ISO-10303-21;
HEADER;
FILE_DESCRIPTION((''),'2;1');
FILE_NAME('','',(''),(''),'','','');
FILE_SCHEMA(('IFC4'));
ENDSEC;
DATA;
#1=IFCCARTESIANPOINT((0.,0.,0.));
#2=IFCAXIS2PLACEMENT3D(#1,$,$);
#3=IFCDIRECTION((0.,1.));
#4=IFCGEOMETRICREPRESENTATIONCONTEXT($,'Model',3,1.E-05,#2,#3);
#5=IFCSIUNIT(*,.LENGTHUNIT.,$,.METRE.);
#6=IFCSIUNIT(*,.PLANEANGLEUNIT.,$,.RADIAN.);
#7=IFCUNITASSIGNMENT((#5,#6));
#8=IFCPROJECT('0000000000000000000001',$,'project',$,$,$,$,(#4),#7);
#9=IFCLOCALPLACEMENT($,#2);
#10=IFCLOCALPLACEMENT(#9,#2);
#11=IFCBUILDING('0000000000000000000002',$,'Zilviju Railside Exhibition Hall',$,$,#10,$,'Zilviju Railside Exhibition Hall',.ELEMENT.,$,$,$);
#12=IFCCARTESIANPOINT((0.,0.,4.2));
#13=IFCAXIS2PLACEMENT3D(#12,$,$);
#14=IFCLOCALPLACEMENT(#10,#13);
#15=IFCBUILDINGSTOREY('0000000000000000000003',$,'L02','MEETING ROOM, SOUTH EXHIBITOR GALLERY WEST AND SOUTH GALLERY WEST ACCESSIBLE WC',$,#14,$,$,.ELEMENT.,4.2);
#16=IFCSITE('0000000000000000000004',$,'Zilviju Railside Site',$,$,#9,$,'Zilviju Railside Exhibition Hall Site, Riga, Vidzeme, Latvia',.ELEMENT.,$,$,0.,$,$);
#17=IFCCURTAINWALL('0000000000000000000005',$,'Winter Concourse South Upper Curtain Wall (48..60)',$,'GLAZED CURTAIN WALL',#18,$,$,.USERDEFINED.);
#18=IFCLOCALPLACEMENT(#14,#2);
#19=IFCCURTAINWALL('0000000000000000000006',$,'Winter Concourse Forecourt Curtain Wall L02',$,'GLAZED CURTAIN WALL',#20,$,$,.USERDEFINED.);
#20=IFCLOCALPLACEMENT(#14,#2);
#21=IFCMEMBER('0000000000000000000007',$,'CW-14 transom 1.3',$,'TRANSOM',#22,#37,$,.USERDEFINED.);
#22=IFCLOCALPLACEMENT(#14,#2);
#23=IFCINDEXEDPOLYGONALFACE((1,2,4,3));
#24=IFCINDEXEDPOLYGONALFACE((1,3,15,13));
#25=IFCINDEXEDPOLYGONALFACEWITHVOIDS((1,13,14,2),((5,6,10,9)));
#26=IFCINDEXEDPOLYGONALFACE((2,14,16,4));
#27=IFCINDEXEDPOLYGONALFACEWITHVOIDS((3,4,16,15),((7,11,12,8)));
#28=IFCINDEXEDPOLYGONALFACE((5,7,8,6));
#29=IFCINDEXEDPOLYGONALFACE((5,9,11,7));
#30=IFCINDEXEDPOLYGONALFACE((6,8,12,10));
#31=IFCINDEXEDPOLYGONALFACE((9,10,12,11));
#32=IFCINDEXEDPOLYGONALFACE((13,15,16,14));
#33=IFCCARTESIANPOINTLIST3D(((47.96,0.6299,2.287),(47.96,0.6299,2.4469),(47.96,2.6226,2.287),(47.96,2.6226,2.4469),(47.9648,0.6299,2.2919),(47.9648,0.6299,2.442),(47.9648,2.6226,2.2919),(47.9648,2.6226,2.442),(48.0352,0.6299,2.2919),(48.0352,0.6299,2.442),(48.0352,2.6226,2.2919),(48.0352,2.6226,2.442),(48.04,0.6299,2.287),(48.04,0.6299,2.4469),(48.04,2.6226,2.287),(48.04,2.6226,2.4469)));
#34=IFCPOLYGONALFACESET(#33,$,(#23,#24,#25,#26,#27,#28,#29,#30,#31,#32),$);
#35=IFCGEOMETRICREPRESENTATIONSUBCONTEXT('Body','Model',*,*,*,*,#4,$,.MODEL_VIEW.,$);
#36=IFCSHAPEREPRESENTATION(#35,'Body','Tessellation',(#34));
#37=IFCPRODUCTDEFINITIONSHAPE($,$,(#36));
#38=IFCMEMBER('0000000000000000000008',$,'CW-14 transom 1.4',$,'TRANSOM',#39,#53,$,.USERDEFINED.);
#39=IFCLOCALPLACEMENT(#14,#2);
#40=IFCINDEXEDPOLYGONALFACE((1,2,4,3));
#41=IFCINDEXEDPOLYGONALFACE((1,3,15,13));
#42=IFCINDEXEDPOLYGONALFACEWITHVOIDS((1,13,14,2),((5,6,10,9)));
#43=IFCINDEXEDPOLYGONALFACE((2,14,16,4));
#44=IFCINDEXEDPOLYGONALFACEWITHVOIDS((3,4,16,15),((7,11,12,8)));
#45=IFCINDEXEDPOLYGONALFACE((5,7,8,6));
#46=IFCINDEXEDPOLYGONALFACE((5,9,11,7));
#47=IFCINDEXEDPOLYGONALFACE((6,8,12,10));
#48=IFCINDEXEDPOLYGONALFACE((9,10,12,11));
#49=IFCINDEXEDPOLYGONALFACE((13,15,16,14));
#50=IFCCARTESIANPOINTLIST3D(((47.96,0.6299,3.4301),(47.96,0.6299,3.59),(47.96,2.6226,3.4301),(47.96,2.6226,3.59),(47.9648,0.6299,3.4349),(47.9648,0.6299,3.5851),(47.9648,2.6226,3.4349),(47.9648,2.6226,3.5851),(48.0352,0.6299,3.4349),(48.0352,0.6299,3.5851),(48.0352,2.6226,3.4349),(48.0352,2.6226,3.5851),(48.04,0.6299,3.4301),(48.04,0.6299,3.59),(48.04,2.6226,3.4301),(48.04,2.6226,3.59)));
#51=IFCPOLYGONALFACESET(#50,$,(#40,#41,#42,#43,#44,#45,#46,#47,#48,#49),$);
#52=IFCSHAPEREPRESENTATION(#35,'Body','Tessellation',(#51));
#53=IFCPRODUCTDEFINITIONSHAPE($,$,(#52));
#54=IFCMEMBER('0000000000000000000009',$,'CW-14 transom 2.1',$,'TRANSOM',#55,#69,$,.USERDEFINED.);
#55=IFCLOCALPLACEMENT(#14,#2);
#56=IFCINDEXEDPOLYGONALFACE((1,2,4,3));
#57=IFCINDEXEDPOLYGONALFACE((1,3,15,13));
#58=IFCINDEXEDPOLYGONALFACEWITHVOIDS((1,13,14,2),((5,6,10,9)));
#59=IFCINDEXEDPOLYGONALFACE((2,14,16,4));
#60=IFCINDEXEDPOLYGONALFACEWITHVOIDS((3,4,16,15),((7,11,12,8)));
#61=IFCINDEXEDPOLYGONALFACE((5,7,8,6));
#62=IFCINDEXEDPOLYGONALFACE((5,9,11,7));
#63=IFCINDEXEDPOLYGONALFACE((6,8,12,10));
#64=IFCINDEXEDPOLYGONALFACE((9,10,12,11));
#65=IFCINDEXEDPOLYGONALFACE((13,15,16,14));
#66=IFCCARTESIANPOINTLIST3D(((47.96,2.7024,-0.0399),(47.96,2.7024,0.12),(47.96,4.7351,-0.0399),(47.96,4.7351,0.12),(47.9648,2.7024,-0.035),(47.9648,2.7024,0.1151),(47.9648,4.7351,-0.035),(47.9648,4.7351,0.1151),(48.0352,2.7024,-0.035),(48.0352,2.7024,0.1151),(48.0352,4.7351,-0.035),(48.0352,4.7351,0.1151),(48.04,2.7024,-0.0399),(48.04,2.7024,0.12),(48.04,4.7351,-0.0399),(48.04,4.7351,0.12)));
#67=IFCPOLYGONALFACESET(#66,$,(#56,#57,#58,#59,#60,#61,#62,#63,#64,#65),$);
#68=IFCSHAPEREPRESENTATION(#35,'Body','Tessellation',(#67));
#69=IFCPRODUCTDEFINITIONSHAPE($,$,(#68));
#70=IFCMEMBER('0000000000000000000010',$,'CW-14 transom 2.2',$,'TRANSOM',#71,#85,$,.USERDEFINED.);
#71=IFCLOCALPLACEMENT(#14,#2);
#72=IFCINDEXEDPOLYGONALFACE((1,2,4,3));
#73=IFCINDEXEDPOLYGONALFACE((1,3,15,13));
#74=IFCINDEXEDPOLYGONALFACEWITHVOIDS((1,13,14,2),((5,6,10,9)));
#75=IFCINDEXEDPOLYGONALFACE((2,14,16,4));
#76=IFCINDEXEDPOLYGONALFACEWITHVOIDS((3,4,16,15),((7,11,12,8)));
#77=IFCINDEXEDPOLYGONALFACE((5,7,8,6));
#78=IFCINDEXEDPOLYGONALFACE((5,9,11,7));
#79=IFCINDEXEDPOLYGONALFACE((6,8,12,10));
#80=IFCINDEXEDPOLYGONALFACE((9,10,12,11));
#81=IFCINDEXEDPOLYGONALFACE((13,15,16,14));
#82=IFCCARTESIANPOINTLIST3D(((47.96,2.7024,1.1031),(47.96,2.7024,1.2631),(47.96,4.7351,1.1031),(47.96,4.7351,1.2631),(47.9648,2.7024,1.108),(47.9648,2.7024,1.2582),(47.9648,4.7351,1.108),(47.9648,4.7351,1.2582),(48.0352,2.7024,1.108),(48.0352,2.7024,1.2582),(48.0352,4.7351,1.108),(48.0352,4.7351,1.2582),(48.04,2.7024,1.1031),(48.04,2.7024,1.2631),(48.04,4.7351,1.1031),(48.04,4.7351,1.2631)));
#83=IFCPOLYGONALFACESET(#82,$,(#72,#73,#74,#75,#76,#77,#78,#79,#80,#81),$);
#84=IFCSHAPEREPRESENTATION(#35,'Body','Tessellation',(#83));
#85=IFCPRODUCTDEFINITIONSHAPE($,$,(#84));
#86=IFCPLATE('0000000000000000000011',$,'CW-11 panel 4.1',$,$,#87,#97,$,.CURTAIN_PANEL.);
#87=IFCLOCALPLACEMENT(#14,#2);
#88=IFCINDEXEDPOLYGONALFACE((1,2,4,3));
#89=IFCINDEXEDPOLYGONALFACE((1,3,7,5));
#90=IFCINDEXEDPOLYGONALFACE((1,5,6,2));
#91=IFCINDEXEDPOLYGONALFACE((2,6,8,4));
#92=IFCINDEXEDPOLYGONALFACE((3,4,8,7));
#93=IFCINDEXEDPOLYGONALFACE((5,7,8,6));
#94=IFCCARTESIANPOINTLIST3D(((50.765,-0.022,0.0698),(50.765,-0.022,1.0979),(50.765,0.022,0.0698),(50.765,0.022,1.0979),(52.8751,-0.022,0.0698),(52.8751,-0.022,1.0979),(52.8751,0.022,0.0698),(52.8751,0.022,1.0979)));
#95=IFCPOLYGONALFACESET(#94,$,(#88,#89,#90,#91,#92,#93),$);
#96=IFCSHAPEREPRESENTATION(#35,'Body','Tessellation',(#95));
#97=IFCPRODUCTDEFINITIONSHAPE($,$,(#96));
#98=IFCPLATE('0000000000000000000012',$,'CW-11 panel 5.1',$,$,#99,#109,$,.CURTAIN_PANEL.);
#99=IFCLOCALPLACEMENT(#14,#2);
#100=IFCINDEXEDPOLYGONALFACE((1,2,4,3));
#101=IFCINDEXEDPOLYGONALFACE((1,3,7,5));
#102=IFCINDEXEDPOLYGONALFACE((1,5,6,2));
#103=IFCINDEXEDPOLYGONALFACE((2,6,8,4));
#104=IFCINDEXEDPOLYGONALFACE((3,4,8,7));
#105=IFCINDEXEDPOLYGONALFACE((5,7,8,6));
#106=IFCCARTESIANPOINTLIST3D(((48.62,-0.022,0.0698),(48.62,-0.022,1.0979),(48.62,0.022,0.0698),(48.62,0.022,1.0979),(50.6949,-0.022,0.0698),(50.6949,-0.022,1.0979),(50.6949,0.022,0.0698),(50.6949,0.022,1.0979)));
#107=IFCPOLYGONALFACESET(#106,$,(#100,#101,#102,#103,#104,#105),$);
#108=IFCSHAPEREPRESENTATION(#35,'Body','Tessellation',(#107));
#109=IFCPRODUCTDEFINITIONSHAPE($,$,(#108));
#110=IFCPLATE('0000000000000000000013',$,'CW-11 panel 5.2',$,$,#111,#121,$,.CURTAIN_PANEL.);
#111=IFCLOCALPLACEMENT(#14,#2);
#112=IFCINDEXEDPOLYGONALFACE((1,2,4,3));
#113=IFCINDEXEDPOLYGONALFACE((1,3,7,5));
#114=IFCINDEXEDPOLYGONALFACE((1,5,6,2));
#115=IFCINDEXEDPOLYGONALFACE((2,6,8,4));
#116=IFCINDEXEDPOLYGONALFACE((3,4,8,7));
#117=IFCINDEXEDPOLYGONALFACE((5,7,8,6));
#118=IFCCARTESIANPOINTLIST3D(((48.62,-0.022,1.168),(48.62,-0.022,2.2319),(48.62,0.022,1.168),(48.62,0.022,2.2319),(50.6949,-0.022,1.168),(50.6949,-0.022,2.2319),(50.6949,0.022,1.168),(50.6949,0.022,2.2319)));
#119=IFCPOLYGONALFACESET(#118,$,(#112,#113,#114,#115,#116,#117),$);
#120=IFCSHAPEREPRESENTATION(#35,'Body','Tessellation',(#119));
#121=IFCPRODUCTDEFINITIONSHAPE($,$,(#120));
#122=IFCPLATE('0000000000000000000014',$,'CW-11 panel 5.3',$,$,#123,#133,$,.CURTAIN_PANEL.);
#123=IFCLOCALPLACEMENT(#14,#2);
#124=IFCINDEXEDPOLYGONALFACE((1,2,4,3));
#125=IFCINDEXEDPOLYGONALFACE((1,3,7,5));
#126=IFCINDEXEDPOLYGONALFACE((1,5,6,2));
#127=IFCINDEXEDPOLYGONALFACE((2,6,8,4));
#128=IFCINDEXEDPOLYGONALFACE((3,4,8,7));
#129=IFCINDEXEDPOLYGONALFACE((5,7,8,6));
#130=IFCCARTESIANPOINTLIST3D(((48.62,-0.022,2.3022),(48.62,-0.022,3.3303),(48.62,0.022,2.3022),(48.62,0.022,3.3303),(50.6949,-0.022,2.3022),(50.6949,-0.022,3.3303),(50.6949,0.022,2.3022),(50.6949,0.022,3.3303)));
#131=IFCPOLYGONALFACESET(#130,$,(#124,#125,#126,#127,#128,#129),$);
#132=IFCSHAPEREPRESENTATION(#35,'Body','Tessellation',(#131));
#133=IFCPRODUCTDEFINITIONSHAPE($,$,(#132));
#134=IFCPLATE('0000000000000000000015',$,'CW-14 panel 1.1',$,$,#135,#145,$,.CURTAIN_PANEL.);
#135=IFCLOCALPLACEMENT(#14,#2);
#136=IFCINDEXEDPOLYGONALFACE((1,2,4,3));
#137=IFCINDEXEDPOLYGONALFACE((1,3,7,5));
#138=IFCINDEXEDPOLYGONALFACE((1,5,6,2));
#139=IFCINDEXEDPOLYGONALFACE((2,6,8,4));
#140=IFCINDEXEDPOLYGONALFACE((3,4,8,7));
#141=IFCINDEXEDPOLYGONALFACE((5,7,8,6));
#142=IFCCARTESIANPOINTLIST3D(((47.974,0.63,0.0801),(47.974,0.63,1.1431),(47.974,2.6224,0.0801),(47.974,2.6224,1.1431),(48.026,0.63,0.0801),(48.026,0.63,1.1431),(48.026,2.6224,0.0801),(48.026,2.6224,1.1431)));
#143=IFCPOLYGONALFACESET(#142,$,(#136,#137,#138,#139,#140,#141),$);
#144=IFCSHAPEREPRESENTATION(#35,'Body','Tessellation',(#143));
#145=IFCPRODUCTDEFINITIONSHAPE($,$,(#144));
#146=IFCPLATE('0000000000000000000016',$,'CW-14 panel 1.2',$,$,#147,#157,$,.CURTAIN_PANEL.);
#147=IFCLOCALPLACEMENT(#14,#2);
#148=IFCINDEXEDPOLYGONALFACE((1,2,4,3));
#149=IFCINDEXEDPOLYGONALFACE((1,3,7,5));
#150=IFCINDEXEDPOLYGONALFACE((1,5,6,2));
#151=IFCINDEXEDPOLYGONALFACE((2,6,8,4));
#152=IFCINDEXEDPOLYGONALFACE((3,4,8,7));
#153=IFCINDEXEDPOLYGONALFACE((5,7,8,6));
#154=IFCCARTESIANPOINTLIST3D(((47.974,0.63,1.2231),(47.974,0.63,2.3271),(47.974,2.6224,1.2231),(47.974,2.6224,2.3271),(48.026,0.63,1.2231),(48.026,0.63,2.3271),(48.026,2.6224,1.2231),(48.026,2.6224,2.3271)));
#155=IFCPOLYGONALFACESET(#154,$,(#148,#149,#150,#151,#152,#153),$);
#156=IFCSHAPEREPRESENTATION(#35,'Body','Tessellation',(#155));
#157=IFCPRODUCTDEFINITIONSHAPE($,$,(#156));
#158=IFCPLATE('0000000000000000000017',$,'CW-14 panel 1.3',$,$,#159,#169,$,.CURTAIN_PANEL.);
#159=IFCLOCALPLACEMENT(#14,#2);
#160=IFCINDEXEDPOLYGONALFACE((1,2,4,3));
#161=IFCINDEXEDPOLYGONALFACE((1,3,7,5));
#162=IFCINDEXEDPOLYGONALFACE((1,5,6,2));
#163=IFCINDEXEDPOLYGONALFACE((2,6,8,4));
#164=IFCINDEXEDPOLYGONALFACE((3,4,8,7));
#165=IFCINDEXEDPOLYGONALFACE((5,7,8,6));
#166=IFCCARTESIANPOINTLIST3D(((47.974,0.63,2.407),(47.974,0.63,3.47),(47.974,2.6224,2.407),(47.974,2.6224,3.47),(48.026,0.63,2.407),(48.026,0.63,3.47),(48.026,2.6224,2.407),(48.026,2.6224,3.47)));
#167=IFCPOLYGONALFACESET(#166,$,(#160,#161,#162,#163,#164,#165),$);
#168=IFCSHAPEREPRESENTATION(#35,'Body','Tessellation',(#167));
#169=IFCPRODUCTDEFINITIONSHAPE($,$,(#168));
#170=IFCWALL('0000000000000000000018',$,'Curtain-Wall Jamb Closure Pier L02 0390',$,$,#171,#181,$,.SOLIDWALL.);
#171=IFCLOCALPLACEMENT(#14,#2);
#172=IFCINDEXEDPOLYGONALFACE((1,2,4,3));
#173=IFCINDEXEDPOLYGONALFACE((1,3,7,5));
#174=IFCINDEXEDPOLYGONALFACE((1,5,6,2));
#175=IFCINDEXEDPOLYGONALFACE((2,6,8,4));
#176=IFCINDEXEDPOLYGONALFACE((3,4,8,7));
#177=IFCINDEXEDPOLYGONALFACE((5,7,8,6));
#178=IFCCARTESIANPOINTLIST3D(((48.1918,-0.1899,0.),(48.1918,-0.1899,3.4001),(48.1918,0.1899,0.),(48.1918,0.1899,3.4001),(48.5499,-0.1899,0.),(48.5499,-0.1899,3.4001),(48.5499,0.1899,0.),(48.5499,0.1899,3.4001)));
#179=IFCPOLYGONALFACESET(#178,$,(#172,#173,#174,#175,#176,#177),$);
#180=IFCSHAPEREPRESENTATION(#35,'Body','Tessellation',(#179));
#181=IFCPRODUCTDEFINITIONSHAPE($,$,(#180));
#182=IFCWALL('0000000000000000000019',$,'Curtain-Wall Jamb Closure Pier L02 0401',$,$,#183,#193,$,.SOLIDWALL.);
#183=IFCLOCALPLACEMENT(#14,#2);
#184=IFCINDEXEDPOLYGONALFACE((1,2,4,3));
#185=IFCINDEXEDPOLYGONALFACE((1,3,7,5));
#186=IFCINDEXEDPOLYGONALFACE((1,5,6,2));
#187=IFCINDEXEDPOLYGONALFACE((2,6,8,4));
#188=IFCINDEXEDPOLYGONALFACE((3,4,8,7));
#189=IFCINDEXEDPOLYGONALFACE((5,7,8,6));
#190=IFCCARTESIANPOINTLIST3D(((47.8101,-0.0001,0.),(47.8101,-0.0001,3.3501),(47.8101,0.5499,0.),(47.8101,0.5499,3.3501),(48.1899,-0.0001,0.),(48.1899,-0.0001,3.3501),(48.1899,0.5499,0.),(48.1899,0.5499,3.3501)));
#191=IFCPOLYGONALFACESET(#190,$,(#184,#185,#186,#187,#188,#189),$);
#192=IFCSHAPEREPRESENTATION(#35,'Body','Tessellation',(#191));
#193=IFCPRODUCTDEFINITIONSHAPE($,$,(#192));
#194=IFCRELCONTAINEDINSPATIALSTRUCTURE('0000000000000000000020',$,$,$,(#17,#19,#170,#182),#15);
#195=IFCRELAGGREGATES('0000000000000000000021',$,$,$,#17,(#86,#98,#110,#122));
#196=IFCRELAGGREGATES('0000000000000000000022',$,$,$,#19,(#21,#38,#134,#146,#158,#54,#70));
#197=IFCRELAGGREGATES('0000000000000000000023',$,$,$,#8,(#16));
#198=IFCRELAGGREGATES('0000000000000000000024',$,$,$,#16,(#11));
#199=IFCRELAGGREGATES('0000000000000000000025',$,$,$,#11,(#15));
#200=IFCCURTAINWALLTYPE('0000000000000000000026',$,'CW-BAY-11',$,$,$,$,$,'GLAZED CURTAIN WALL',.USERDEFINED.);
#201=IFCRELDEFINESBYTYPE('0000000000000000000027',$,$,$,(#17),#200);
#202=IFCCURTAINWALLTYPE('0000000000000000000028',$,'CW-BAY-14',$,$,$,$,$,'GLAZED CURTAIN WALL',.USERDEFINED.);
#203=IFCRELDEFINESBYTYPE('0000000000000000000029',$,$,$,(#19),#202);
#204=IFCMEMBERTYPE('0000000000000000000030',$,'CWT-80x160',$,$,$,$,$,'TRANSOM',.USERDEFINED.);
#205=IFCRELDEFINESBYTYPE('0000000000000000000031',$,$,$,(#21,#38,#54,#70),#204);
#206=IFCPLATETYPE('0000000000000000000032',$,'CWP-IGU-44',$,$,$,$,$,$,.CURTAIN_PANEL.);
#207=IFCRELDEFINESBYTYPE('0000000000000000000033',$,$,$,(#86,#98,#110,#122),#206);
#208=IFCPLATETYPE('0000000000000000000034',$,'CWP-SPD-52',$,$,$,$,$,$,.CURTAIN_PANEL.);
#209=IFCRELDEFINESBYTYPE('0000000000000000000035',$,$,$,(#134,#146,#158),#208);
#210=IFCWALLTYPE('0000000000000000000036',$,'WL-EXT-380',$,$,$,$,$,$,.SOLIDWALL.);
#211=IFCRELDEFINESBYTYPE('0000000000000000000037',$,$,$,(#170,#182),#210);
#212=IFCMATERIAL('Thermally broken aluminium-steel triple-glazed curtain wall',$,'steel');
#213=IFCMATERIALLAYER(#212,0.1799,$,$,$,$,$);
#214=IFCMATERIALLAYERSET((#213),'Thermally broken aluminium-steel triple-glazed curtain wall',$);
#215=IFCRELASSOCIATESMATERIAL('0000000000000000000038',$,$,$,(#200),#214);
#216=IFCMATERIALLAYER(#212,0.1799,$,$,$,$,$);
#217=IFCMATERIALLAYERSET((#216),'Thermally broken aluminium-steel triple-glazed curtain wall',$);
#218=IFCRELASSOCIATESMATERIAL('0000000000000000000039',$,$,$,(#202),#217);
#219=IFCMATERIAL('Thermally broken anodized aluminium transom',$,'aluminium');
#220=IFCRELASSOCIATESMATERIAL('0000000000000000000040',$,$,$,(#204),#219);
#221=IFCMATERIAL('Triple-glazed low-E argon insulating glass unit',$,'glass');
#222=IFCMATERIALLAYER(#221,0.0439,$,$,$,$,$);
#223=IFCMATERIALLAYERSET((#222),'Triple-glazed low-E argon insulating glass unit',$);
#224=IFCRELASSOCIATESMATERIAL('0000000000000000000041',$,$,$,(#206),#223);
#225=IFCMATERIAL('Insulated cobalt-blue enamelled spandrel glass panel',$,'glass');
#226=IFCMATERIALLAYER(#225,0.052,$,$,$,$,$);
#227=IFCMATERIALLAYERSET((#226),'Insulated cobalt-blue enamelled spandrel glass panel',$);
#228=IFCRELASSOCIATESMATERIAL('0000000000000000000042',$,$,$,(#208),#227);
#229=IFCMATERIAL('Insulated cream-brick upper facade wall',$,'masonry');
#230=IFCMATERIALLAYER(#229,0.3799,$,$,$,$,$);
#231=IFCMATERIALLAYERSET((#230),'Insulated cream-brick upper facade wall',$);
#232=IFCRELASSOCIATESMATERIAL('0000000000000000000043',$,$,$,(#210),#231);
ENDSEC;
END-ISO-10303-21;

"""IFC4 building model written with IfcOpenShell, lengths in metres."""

from ifc_helpers import new_model, si_unit, direction, frame, frame_2d, origin, origin_2d, place, context, subcontext, project, spatial, rectangle, hollow_rectangle, extrude, material, layer, layer_set, material_profile, profile_set, type_object, element, aggregate, save


model = new_model("IFC4")

# Units and contexts
model_context = context("Model", 3, precision=1e-05, world=origin(), true_north=direction((0.0, 1.0)))
body_context = subcontext(model_context, "Body", "Model", "MODEL_VIEW")
ifc_project = project(units=[si_unit("LENGTHUNIT", "METRE"), si_unit("PLANEANGLEUNIT", "RADIAN")], contexts=[model_context])

# Site, building, storey
site_placement = place(None, origin())
site = spatial("IfcSite", under=ifc_project, at=site_placement, Name="Zilviju Railside Site", LongName="Zilviju Railside Exhibition Hall Site, Riga, Vidzeme, Latvia", CompositionType="ELEMENT", RefElevation=0.0)
building_placement = place(site_placement, origin())
building = spatial("IfcBuilding", under=site, at=building_placement, Name="Zilviju Railside Exhibition Hall", LongName="Zilviju Railside Exhibition Hall", CompositionType="ELEMENT")
storey_placement = place(building_placement, frame((0.0, 0.0, 4.2)))
storey = spatial("IfcBuildingStorey", under=building, at=storey_placement, Name="L02", Description="MEETING ROOM, SOUTH EXHIBITOR GALLERY WEST AND SOUTH GALLERY WEST ACCESSIBLE WC", CompositionType="ELEMENT", Elevation=4.2)

# Curtain walls
ifc_material_1 = material(Name="Thermally broken aluminium-steel triple-glazed curtain wall", Category="steel")
ifc_layer_1 = layer(ifc_material_1, 0.1799)
ifc_layer_set_1 = layer_set([ifc_layer_1], Name="Thermally broken aluminium-steel triple-glazed curtain wall")
curtain_wall_type_1 = type_object("IfcCurtainWallType", Name="CW-BAY-11", ElementType="GLAZED CURTAIN WALL", PredefinedType="USERDEFINED", material=ifc_layer_set_1)
curtain_wall_1_placement = place(storey_placement, origin())
curtain_wall_1 = element("IfcCurtainWall", 1, at=curtain_wall_1_placement, inside=storey, type_object=curtain_wall_type_1, Name="Winter Concourse South Upper Curtain Wall (48..60)", ObjectType="GLAZED CURTAIN WALL", PredefinedType="USERDEFINED")
ifc_layer_2 = layer(ifc_material_1, 0.1799)
ifc_layer_set_2 = layer_set([ifc_layer_2], Name="Thermally broken aluminium-steel triple-glazed curtain wall")
curtain_wall_type_2 = type_object("IfcCurtainWallType", Name="CW-BAY-14", ElementType="GLAZED CURTAIN WALL", PredefinedType="USERDEFINED", material=ifc_layer_set_2)
curtain_wall_2_placement = place(storey_placement, origin())
curtain_wall_2 = element("IfcCurtainWall", 2, at=curtain_wall_2_placement, inside=storey, type_object=curtain_wall_type_2, Name="Winter Concourse Forecourt Curtain Wall L02", ObjectType="GLAZED CURTAIN WALL", PredefinedType="USERDEFINED")

# Members
ifc_material_2 = material(Name="Thermally broken anodized aluminium transom", Category="aluminium")
ifc_material_profile_1 = material_profile(ifc_material_2, hollow_rectangle(XDim=0.0801, YDim=0.1599, WallThickness=0.0049, at=origin_2d()), Name="TRANSOM 160x80x5")
ifc_profile_set_1 = profile_set([ifc_material_profile_1], Name="Thermally broken anodized aluminium transom")
member_type_1 = type_object("IfcMemberType", Name="CWT-80x160", ElementType="TRANSOM", PredefinedType="USERDEFINED", material=ifc_profile_set_1)
member_1_placement = place(storey_placement, frame((48.0, 0.6299, 2.3669), z_axis=(0.0, 1.0, 0.0), x_axis=(-1.0, 0.0, 0.0)))
member_1 = element("IfcMember", 3, at=member_1_placement, type_object=member_type_1, Name="CW-14 transom 1.3", ObjectType="TRANSOM", PredefinedType="USERDEFINED", context=body_context, shape_type="SweptSolid", body=[
    extrude(hollow_rectangle(XDim=0.0801, YDim=0.1599, WallThickness=0.0049, at=origin_2d()), origin(), (0.0, 0.0, 1.0), 1.9927),
])
member_2_placement = place(storey_placement, frame((48.0, 0.6299, 3.51), z_axis=(0.0, 1.0, 0.0), x_axis=(-1.0, 0.0, 0.0)))
member_2 = element("IfcMember", 4, at=member_2_placement, type_object=member_type_1, Name="CW-14 transom 1.4", ObjectType="TRANSOM", PredefinedType="USERDEFINED", context=body_context, shape_type="SweptSolid", body=[
    extrude(hollow_rectangle(XDim=0.0801, YDim=0.1599, WallThickness=0.0049, at=origin_2d()), origin(), (0.0, 0.0, 1.0), 1.9927),
])
member_3_placement = place(storey_placement, frame((48.0, 2.7024, 0.04), z_axis=(0.0, 1.0, 0.0), x_axis=(-1.0, 0.0, 0.0)))
member_3 = element("IfcMember", 5, at=member_3_placement, type_object=member_type_1, Name="CW-14 transom 2.1", ObjectType="TRANSOM", PredefinedType="USERDEFINED", context=body_context, shape_type="SweptSolid", body=[
    extrude(hollow_rectangle(XDim=0.0801, YDim=0.1599, WallThickness=0.0049, at=origin_2d()), origin(), (0.0, 0.0, 1.0), 2.0327),
])
member_4_placement = place(storey_placement, frame((48.0, 2.7024, 1.1831), z_axis=(0.0, 1.0, 0.0), x_axis=(-1.0, 0.0, 0.0)))
member_4 = element("IfcMember", 6, at=member_4_placement, type_object=member_type_1, Name="CW-14 transom 2.2", ObjectType="TRANSOM", PredefinedType="USERDEFINED", context=body_context, shape_type="SweptSolid", body=[
    extrude(hollow_rectangle(XDim=0.0801, YDim=0.1599, WallThickness=0.0049, at=origin_2d()), origin(), (0.0, 0.0, 1.0), 2.0327),
])

# Plates
ifc_material_3 = material(Name="Triple-glazed low-E argon insulating glass unit", Category="glass")
ifc_layer_3 = layer(ifc_material_3, 0.0439)
ifc_layer_set_3 = layer_set([ifc_layer_3], Name="Triple-glazed low-E argon insulating glass unit")
plate_type_1 = type_object("IfcPlateType", Name="CWP-IGU-44", PredefinedType="CURTAIN_PANEL", material=ifc_layer_set_3)
plate_1_placement = place(storey_placement, frame((51.8201, 0.0, 0.0698), z_axis=(0.0, 0.0, 1.0), x_axis=(-1.0, 0.0, 0.0)))
plate_1 = element("IfcPlate", 7, at=plate_1_placement, type_object=plate_type_1, Name="CW-11 panel 4.1", PredefinedType="CURTAIN_PANEL", context=body_context, shape_type="SweptSolid", body=[
    extrude(rectangle(XDim=2.1101, YDim=0.0439, at=origin_2d()), origin(), (0.0, 0.0, 1.0), 1.0281),
])
plate_2_placement = place(storey_placement, frame((49.6575, 0.0, 0.0698), z_axis=(0.0, 0.0, 1.0), x_axis=(-1.0, 0.0, 0.0)))
plate_2 = element("IfcPlate", 8, at=plate_2_placement, type_object=plate_type_1, Name="CW-11 panel 5.1", PredefinedType="CURTAIN_PANEL", context=body_context, shape_type="SweptSolid", body=[
    extrude(rectangle(XDim=2.075, YDim=0.0439, at=origin_2d()), origin(), (0.0, 0.0, 1.0), 1.0281),
])
plate_3_placement = place(storey_placement, frame((49.6575, 0.0, 1.168), z_axis=(0.0, 0.0, 1.0), x_axis=(-1.0, 0.0, 0.0)))
plate_3 = element("IfcPlate", 9, at=plate_3_placement, type_object=plate_type_1, Name="CW-11 panel 5.2", PredefinedType="CURTAIN_PANEL", context=body_context, shape_type="SweptSolid", body=[
    extrude(rectangle(XDim=2.075, YDim=0.0439, at=origin_2d()), origin(), (0.0, 0.0, 1.0), 1.064),
])
plate_4_placement = place(storey_placement, frame((49.6575, 0.0, 2.3022), z_axis=(0.0, 0.0, 1.0), x_axis=(-1.0, 0.0, 0.0)))
plate_4 = element("IfcPlate", 10, at=plate_4_placement, type_object=plate_type_1, Name="CW-11 panel 5.3", PredefinedType="CURTAIN_PANEL", context=body_context, shape_type="SweptSolid", body=[
    extrude(rectangle(XDim=2.075, YDim=0.0439, at=origin_2d()), origin(), (0.0, 0.0, 1.0), 1.0281),
])
aggregate(curtain_wall_1, [plate_1, plate_2, plate_3, plate_4])
ifc_material_4 = material(Name="Insulated cobalt-blue enamelled spandrel glass panel", Category="glass")
ifc_layer_4 = layer(ifc_material_4, 0.052)
ifc_layer_set_4 = layer_set([ifc_layer_4], Name="Insulated cobalt-blue enamelled spandrel glass panel")
plate_type_2 = type_object("IfcPlateType", Name="CWP-SPD-52", PredefinedType="CURTAIN_PANEL", material=ifc_layer_set_4)
plate_5_placement = place(storey_placement, frame((48.0, 1.6262, 0.0801), z_axis=(0.0, 0.0, 1.0), x_axis=(0.0, 1.0, 0.0)))
plate_5 = element("IfcPlate", 11, at=plate_5_placement, type_object=plate_type_2, Name="CW-14 panel 1.1", PredefinedType="CURTAIN_PANEL", context=body_context, shape_type="SweptSolid", body=[
    extrude(rectangle(XDim=1.9924, YDim=0.052, at=origin_2d()), origin(), (0.0, 0.0, 1.0), 1.063),
])
plate_6_placement = place(storey_placement, frame((48.0, 1.6262, 1.2231), z_axis=(0.0, 0.0, 1.0), x_axis=(0.0, 1.0, 0.0)))
plate_6 = element("IfcPlate", 12, at=plate_6_placement, type_object=plate_type_2, Name="CW-14 panel 1.2", PredefinedType="CURTAIN_PANEL", context=body_context, shape_type="SweptSolid", body=[
    extrude(rectangle(XDim=1.9924, YDim=0.052, at=origin_2d()), origin(), (0.0, 0.0, 1.0), 1.104),
])
plate_7_placement = place(storey_placement, frame((48.0, 1.6262, 2.407), z_axis=(0.0, 0.0, 1.0), x_axis=(0.0, 1.0, 0.0)))
plate_7 = element("IfcPlate", 13, at=plate_7_placement, type_object=plate_type_2, Name="CW-14 panel 1.3", PredefinedType="CURTAIN_PANEL", context=body_context, shape_type="SweptSolid", body=[
    extrude(rectangle(XDim=1.9924, YDim=0.052, at=origin_2d()), origin(), (0.0, 0.0, 1.0), 1.063),
])
aggregate(curtain_wall_2, [member_1, member_2, plate_5, plate_6, plate_7, member_3, member_4])

# Walls
ifc_material_5 = material(Name="Insulated cream-brick upper facade wall", Category="masonry")
ifc_layer_5 = layer(ifc_material_5, 0.3799)
ifc_layer_set_5 = layer_set([ifc_layer_5], Name="Insulated cream-brick upper facade wall")
wall_type = type_object("IfcWallType", Name="WL-EXT-380", PredefinedType="SOLIDWALL", material=ifc_layer_set_5)
wall_1_placement = place(storey_placement, frame((48.55, 0.0, 0.0), z_axis=(0.0, 0.0, 1.0), x_axis=(-1.0, 0.0, 0.0)))
element("IfcWall", 14, at=wall_1_placement, inside=storey, type_object=wall_type, Name="Curtain-Wall Jamb Closure Pier L02 0390", PredefinedType="SOLIDWALL", context=body_context, shape_type="SweptSolid", body=[
    extrude(rectangle(XDim=0.3582, YDim=0.3799, at=frame_2d((0.1792, 0.0))), origin(), (0.0, 0.0, 1.0), 3.4001),
])
wall_2_placement = place(storey_placement, frame((48.0, 0.0, 0.0), z_axis=(0.0, 0.0, 1.0), x_axis=(0.0, 1.0, 0.0)))
element("IfcWall", 15, at=wall_2_placement, inside=storey, type_object=wall_type, Name="Curtain-Wall Jamb Closure Pier L02 0401", PredefinedType="SOLIDWALL", context=body_context, shape_type="SweptSolid", body=[
    extrude(rectangle(XDim=0.55, YDim=0.3799, at=frame_2d((0.2749, 0.0))), origin(), (0.0, 0.0, 1.0), 3.3501),
])

save(model, "model.ifc")
